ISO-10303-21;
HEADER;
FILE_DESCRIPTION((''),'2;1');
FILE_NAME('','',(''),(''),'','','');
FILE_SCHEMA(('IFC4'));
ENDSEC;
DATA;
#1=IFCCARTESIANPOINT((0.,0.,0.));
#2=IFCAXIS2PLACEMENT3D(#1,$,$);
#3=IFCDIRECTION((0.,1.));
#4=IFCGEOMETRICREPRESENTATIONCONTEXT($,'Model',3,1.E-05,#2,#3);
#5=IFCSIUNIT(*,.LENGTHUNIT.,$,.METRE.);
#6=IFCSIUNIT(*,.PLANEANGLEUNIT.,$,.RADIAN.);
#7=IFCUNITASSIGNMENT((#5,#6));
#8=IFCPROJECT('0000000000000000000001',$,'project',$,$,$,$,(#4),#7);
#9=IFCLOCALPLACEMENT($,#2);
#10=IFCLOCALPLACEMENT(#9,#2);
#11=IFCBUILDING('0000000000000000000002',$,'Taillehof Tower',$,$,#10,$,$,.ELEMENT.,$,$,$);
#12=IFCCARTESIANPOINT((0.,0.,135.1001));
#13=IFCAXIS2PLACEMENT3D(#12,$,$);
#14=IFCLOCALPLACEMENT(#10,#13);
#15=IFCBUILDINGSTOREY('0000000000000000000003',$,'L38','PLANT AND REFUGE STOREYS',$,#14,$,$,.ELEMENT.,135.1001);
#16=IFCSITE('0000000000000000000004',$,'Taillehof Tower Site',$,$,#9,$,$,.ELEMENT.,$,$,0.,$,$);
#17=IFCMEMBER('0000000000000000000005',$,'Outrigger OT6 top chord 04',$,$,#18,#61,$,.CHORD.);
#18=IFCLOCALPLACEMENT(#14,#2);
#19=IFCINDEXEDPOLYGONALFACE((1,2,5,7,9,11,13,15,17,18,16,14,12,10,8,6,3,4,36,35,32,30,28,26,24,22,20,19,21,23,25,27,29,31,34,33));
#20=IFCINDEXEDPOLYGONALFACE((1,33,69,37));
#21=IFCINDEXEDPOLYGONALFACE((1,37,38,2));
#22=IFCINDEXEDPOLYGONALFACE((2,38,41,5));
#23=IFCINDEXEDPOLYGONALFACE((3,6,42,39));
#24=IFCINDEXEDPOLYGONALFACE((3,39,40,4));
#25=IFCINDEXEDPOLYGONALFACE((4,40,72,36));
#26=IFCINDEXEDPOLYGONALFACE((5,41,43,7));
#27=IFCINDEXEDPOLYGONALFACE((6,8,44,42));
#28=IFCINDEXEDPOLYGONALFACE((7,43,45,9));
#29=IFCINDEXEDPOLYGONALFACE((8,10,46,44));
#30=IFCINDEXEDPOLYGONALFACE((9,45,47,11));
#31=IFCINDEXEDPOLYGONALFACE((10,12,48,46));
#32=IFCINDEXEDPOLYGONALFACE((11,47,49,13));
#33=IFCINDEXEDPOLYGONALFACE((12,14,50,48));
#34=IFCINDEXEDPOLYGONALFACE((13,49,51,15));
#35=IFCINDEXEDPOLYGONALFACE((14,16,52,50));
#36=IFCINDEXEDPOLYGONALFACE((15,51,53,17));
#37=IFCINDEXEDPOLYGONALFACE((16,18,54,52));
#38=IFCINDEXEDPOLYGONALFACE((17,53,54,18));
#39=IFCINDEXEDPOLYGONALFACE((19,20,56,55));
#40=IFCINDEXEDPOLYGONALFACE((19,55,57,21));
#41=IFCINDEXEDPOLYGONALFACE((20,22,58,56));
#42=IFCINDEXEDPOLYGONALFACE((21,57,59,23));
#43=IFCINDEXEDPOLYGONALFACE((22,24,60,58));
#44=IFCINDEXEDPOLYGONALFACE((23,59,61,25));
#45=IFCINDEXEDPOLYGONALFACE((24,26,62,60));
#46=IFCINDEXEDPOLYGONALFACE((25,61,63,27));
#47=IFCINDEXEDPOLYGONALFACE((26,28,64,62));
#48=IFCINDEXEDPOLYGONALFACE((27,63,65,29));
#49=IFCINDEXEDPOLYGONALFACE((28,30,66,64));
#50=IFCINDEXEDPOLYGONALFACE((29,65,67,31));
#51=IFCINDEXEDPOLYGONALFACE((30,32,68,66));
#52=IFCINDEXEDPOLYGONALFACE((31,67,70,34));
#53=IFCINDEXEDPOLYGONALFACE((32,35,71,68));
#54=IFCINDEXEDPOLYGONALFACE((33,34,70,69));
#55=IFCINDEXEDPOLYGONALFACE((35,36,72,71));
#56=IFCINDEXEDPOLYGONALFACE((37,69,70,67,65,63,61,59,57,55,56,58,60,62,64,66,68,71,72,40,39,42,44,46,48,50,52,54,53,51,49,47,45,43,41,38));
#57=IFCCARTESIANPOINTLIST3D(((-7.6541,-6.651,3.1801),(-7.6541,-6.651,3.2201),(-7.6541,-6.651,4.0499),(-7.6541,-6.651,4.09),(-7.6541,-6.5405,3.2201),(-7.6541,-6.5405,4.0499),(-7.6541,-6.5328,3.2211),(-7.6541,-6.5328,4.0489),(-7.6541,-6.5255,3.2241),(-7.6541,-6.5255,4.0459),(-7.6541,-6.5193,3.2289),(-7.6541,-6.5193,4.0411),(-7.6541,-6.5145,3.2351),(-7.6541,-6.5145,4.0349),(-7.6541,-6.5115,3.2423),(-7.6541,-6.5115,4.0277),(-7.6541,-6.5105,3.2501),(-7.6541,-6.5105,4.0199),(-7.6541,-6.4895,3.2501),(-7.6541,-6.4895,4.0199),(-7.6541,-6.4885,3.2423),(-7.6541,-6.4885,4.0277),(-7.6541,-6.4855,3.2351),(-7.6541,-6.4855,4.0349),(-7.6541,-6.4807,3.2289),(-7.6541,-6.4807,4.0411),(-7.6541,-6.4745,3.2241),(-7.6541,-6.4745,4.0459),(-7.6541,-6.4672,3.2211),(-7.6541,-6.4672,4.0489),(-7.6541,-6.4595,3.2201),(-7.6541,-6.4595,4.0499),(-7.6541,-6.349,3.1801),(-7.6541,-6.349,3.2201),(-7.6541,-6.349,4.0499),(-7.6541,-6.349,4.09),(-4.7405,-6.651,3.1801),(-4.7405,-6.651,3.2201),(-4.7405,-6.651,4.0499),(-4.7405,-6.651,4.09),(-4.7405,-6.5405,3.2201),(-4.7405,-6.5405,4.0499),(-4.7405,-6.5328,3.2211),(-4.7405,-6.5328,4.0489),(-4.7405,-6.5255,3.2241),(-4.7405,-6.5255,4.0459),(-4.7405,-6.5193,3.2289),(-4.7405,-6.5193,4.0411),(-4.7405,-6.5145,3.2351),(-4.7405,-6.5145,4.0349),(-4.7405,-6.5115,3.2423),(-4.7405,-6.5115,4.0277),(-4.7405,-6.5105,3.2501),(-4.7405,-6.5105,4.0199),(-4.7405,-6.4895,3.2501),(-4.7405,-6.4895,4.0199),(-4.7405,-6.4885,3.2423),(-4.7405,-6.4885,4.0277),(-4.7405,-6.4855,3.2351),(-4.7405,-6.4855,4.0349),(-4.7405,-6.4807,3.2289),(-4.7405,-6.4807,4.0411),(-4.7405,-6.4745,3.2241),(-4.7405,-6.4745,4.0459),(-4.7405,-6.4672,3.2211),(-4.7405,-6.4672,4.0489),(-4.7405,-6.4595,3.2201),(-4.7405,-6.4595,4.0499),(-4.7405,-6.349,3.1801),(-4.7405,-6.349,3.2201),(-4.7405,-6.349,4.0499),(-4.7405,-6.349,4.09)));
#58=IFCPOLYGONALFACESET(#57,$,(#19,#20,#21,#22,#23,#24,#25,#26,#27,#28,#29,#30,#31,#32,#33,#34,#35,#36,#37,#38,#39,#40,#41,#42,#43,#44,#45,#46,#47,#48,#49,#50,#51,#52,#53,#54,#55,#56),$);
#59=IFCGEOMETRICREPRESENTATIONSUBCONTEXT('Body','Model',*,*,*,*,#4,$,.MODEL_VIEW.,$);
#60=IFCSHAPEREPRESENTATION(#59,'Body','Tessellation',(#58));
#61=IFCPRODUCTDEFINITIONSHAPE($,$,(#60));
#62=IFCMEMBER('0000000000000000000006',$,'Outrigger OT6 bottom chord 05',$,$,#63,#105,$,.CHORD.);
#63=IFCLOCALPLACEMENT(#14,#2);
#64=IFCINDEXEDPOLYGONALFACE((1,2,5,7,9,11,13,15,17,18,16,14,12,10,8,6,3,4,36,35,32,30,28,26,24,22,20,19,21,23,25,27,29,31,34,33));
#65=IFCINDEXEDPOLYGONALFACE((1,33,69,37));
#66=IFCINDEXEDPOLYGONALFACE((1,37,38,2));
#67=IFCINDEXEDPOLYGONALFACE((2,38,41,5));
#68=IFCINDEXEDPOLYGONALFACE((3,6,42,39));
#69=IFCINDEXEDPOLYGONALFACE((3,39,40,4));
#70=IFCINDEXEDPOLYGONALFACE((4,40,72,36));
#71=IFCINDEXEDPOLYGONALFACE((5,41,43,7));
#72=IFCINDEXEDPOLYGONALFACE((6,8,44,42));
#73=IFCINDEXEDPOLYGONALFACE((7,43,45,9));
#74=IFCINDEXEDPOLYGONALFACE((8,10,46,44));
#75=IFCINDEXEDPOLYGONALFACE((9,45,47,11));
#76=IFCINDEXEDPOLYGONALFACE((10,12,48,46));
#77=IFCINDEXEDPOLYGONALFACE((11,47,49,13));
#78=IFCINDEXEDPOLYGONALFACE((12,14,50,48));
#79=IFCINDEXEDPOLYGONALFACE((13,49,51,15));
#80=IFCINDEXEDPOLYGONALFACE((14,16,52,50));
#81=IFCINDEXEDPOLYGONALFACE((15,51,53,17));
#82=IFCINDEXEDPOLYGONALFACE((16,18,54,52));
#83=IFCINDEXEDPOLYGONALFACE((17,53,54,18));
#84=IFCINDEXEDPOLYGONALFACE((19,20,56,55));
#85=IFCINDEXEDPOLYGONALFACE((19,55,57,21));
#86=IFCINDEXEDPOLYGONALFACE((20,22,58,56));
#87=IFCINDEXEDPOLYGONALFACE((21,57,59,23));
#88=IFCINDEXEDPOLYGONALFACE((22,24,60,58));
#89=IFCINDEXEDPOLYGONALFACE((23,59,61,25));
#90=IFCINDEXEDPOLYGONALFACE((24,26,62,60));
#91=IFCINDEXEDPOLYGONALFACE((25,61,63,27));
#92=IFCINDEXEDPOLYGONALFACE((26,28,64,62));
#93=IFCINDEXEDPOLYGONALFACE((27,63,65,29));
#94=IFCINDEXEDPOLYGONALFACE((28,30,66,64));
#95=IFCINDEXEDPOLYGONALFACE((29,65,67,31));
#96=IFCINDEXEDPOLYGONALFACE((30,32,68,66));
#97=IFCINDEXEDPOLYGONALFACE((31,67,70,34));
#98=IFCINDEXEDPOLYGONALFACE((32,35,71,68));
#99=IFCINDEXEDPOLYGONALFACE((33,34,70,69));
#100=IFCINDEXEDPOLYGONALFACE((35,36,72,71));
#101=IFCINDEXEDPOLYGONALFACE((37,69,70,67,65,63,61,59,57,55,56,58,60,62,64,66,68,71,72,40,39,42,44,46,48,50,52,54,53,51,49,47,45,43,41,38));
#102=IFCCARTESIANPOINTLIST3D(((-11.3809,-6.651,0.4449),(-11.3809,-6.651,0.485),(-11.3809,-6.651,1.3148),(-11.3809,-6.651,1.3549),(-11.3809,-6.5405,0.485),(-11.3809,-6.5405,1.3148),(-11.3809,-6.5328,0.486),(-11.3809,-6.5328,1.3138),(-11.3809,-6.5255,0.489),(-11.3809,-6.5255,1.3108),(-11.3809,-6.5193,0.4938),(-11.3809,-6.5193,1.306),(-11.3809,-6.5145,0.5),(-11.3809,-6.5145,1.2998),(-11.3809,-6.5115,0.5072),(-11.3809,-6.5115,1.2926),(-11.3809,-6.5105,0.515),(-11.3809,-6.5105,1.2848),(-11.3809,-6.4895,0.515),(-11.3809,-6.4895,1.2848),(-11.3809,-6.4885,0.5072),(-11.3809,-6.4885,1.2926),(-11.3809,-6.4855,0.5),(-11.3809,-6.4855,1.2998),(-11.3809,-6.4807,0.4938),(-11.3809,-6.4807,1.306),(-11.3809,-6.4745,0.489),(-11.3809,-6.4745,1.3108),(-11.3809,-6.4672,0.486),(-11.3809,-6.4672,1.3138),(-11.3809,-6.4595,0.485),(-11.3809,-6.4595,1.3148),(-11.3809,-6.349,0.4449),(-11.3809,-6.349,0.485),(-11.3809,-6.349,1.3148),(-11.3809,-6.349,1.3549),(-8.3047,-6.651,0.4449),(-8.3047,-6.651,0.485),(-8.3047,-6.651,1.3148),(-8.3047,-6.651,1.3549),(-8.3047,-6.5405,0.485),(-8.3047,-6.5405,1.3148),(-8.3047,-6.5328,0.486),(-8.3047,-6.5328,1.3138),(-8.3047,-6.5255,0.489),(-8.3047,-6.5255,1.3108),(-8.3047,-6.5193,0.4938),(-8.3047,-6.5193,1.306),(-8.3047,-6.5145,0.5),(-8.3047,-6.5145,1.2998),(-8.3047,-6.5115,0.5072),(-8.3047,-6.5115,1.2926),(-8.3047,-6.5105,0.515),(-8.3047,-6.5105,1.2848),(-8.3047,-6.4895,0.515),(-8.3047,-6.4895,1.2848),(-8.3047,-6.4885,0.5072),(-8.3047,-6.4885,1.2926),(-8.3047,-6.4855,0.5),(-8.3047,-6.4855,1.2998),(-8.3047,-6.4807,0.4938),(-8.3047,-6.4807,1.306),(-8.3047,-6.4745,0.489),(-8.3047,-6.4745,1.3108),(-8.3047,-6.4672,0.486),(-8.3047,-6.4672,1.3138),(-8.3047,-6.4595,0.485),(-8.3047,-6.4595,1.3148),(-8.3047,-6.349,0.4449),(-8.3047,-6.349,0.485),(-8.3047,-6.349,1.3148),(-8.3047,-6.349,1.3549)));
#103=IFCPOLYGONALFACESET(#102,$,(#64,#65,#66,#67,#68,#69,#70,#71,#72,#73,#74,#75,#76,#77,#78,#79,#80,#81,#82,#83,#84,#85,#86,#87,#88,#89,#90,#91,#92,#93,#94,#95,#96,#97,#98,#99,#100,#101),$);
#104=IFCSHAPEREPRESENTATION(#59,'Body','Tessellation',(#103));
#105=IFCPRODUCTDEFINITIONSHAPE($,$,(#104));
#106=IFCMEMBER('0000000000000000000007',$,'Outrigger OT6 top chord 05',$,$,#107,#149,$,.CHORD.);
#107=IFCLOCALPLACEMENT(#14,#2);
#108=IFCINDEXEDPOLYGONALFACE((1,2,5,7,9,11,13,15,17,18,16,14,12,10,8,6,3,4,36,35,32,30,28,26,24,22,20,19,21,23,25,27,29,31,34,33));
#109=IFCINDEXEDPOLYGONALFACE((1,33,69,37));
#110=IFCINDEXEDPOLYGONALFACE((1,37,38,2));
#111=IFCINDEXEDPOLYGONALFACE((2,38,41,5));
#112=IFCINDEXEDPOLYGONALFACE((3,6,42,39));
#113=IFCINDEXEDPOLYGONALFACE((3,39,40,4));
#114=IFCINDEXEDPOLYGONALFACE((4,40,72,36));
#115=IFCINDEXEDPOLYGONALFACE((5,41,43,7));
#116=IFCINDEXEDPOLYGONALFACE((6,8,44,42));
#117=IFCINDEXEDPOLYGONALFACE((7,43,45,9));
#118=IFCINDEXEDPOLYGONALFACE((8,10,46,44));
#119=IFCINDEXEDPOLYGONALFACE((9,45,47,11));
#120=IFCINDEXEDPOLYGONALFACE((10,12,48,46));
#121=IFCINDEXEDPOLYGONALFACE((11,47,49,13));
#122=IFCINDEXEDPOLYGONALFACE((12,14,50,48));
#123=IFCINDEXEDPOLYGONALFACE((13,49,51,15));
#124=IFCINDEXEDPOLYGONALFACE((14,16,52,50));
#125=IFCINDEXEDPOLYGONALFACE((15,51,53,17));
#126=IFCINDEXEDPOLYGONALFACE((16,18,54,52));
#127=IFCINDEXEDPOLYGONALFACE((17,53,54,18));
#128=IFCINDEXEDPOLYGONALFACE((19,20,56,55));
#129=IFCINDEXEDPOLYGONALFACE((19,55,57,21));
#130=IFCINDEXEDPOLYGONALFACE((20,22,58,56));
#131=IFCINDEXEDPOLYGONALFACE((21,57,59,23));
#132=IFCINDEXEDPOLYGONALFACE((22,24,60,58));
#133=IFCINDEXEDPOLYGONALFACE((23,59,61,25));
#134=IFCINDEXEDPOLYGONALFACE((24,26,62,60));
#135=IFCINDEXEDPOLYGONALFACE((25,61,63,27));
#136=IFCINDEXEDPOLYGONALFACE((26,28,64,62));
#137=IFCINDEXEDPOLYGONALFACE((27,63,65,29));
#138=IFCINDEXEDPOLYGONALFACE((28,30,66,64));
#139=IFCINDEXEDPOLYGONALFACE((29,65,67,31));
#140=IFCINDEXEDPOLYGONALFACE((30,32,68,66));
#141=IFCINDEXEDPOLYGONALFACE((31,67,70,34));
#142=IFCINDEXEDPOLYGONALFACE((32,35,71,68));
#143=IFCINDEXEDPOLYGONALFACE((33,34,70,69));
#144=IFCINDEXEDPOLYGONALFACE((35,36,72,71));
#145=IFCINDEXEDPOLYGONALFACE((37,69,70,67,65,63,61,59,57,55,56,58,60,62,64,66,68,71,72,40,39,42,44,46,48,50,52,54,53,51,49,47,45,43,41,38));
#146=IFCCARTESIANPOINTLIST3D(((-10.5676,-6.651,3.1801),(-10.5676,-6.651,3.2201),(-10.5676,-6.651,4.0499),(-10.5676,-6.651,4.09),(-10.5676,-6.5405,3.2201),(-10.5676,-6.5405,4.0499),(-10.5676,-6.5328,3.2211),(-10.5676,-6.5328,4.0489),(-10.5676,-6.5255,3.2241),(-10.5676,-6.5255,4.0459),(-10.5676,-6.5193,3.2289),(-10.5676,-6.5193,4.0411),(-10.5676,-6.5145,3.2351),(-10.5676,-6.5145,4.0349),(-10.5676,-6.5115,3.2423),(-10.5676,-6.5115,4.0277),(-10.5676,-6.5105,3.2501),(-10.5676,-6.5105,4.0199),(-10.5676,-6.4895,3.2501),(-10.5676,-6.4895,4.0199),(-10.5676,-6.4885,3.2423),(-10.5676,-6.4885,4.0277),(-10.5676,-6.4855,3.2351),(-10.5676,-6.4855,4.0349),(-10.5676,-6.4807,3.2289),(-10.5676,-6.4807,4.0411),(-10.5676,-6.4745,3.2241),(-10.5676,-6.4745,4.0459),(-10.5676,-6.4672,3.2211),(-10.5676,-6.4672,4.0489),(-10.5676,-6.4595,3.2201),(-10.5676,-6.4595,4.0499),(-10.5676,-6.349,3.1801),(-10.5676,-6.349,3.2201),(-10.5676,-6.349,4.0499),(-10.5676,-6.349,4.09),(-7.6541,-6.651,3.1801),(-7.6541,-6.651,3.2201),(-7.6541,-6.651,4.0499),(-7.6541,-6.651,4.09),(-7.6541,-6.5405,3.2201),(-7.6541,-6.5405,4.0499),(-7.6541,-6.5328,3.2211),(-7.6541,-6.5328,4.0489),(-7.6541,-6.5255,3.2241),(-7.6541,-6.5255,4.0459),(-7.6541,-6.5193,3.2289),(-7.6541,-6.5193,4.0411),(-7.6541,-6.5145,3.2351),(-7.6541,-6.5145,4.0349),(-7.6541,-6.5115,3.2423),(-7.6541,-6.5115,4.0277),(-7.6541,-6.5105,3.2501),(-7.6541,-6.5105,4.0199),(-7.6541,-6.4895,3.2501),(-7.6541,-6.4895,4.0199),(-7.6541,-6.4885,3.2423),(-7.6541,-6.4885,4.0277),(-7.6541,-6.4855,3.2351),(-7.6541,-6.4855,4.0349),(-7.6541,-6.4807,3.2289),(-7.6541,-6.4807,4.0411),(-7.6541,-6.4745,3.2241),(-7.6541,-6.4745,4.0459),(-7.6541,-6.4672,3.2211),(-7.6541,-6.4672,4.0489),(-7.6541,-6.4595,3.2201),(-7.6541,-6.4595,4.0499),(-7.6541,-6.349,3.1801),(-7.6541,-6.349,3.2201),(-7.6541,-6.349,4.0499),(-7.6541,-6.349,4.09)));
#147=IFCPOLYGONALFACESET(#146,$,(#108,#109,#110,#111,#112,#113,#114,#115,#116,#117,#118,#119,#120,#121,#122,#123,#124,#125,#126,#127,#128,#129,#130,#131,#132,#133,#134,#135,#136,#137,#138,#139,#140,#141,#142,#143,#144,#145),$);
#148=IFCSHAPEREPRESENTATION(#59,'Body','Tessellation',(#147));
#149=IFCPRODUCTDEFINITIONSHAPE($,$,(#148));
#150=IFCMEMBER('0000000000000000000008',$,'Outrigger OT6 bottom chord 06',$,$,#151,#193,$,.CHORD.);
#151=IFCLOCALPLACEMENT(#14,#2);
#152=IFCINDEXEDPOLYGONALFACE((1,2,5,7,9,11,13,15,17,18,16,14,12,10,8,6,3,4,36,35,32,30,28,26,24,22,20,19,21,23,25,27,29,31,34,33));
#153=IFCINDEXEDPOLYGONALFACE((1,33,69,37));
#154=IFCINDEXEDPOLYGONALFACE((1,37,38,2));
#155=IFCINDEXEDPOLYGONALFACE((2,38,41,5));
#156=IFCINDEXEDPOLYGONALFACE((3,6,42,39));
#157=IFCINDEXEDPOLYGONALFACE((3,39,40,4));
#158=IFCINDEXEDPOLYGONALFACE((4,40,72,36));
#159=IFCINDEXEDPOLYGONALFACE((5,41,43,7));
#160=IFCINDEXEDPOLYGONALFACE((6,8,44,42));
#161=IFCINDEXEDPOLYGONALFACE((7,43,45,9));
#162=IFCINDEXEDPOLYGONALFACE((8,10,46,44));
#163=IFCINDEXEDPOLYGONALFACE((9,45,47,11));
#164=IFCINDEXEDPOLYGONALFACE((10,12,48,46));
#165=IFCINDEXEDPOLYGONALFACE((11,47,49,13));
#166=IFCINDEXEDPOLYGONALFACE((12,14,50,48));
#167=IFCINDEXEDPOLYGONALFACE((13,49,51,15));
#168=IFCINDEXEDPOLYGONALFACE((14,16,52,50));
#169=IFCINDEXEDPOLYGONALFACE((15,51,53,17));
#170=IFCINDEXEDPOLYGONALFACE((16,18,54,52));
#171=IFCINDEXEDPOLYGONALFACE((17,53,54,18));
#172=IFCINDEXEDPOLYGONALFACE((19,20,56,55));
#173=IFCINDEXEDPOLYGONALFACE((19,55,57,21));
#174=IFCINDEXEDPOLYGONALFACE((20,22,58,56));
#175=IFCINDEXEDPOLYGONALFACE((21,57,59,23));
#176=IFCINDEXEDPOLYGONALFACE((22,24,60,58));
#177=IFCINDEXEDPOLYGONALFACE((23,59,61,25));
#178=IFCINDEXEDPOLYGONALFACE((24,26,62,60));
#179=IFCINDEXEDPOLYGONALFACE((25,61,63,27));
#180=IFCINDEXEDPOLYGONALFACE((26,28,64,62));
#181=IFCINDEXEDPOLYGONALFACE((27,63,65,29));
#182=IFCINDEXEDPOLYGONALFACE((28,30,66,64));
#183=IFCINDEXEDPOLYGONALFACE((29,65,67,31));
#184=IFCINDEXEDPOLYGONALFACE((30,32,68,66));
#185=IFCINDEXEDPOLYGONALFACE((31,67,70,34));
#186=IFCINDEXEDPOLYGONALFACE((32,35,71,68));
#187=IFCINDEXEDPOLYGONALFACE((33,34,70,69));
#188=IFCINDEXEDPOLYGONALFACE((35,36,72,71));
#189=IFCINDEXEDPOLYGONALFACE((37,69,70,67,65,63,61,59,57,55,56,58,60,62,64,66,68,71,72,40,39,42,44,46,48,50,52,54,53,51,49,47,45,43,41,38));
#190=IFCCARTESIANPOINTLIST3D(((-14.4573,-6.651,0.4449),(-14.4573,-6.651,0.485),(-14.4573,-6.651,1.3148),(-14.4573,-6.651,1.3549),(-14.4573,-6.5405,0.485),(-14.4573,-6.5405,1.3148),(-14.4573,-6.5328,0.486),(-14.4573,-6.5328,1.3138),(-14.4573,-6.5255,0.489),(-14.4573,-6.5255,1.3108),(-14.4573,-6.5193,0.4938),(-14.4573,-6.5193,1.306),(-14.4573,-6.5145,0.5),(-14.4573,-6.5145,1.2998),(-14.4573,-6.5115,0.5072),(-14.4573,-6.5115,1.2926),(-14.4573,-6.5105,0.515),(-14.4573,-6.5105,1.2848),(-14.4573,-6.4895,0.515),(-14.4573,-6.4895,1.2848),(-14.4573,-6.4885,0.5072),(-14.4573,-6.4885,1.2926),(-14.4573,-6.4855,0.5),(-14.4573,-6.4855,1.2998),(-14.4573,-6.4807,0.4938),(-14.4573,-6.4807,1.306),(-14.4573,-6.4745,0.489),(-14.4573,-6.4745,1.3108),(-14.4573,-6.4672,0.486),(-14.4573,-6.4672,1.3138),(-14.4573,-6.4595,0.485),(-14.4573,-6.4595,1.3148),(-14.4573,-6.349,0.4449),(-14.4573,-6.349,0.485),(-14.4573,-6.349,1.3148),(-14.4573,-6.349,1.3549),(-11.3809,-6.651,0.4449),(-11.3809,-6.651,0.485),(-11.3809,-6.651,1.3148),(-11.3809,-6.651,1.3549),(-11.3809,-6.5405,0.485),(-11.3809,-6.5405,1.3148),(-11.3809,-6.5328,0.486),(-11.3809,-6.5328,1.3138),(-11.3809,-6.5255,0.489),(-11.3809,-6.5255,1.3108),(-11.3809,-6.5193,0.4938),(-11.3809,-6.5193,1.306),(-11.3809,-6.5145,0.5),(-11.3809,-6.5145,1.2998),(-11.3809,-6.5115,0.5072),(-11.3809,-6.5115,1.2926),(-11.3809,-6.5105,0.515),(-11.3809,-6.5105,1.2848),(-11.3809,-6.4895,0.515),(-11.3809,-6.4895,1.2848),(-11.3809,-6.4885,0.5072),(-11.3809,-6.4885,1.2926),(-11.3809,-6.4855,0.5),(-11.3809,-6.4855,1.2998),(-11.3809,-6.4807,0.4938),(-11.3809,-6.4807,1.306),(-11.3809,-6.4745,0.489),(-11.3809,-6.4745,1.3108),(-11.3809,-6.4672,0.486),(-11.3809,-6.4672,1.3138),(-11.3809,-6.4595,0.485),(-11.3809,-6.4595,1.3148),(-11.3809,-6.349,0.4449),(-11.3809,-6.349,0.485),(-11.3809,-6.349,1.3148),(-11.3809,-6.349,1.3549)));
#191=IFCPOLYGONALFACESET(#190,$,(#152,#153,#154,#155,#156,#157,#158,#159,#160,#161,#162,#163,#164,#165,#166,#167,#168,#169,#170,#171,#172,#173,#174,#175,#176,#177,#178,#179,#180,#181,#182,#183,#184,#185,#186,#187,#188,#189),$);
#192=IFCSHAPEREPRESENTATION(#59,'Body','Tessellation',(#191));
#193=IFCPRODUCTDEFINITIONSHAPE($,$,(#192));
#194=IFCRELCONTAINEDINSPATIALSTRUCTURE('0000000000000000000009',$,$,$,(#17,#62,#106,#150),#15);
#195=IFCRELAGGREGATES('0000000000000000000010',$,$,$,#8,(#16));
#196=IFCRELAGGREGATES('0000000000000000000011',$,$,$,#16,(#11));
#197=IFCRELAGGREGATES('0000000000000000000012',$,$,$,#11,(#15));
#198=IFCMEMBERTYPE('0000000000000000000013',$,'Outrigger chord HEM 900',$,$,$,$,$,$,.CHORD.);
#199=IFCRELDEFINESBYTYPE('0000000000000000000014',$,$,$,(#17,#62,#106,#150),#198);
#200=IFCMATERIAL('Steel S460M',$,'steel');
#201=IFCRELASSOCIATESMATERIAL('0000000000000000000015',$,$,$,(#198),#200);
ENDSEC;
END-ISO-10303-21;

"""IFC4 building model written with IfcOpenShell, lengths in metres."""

from ifc_helpers import new_model, si_unit, direction, frame, origin, origin_2d, place, context, subcontext, project, spatial, i_section, extrude, material, material_profile, profile_set, type_object, element, save


model = new_model("IFC4")

# Units and contexts
model_context = context("Model", 3, precision=1e-05, world=origin(), true_north=direction((0.0, 1.0)))
body_context = subcontext(model_context, "Body", "Model", "MODEL_VIEW")
ifc_project = project(units=[si_unit("LENGTHUNIT", "METRE"), si_unit("PLANEANGLEUNIT", "RADIAN")], contexts=[model_context])

# Site, building, storey
site_placement = place(None, origin())
site = spatial("IfcSite", under=ifc_project, at=site_placement, Name="Taillehof Tower Site", CompositionType="ELEMENT", RefElevation=0.0)
building_placement = place(site_placement, origin())
building = spatial("IfcBuilding", under=site, at=building_placement, Name="Taillehof Tower", CompositionType="ELEMENT")
storey_placement = place(building_placement, frame((0.0, 0.0, 135.1001)))
storey = spatial("IfcBuildingStorey", under=building, at=storey_placement, Name="L38", Description="PLANT AND REFUGE STOREYS", CompositionType="ELEMENT", Elevation=135.1001)

# Members
ifc_material_1 = material(Name="Steel S460M", Category="steel")
ifc_material_profile_1 = material_profile(ifc_material_1, i_section(OverallWidth=0.302, OverallDepth=0.9099, WebThickness=0.021, FlangeThickness=0.04, FilletRadius=0.03, at=origin_2d()), Name="HEM 900")
ifc_profile_set_1 = profile_set([ifc_material_profile_1], Name="Steel S460M")
member_type_1 = type_object("IfcMemberType", Name="Outrigger chord HEM 900", PredefinedType="CHORD", material=ifc_profile_set_1)
member_1_placement = place(storey_placement, frame((-4.7405, -6.5, 3.635), z_axis=(-1.0, 0.0, 0.0), x_axis=(0.0, -1.0, 0.0)))
element("IfcMember", 1, at=member_1_placement, inside=storey, type_object=member_type_1, Name="Outrigger OT6 top chord 04", PredefinedType="CHORD", context=body_context, shape_type="SweptSolid", body=[
    extrude(i_section(OverallWidth=0.302, OverallDepth=0.9099, WebThickness=0.021, FlangeThickness=0.04, FilletRadius=0.03, at=origin_2d()), origin(), (0.0, 0.0, 1.0), 2.9136),
])
member_2_placement = place(storey_placement, frame((-8.3047, -6.5, 0.8999), z_axis=(-1.0, 0.0, 0.0), x_axis=(0.0, -1.0, 0.0)))
element("IfcMember", 2, at=member_2_placement, inside=storey, type_object=member_type_1, Name="Outrigger OT6 bottom chord 05", PredefinedType="CHORD", context=body_context, shape_type="SweptSolid", body=[
    extrude(i_section(OverallWidth=0.302, OverallDepth=0.9099, WebThickness=0.021, FlangeThickness=0.04, FilletRadius=0.03, at=origin_2d()), origin(), (0.0, 0.0, 1.0), 3.0762),
])
member_3_placement = place(storey_placement, frame((-7.6541, -6.5, 3.635), z_axis=(-1.0, 0.0, 0.0), x_axis=(0.0, -1.0, 0.0)))
element("IfcMember", 3, at=member_3_placement, inside=storey, type_object=member_type_1, Name="Outrigger OT6 top chord 05", PredefinedType="CHORD", context=body_context, shape_type="SweptSolid", body=[
    extrude(i_section(OverallWidth=0.302, OverallDepth=0.9099, WebThickness=0.021, FlangeThickness=0.04, FilletRadius=0.03, at=origin_2d()), origin(), (0.0, 0.0, 1.0), 2.9136),
])
member_4_placement = place(storey_placement, frame((-11.3809, -6.5, 0.8999), z_axis=(-1.0, 0.0, 0.0), x_axis=(0.0, -1.0, 0.0)))
element("IfcMember", 4, at=member_4_placement, inside=storey, type_object=member_type_1, Name="Outrigger OT6 bottom chord 06", PredefinedType="CHORD", context=body_context, shape_type="SweptSolid", body=[
    extrude(i_section(OverallWidth=0.302, OverallDepth=0.9099, WebThickness=0.021, FlangeThickness=0.04, FilletRadius=0.03, at=origin_2d()), origin(), (0.0, 0.0, 1.0), 3.0764),
])

save(model, "model.ifc")
